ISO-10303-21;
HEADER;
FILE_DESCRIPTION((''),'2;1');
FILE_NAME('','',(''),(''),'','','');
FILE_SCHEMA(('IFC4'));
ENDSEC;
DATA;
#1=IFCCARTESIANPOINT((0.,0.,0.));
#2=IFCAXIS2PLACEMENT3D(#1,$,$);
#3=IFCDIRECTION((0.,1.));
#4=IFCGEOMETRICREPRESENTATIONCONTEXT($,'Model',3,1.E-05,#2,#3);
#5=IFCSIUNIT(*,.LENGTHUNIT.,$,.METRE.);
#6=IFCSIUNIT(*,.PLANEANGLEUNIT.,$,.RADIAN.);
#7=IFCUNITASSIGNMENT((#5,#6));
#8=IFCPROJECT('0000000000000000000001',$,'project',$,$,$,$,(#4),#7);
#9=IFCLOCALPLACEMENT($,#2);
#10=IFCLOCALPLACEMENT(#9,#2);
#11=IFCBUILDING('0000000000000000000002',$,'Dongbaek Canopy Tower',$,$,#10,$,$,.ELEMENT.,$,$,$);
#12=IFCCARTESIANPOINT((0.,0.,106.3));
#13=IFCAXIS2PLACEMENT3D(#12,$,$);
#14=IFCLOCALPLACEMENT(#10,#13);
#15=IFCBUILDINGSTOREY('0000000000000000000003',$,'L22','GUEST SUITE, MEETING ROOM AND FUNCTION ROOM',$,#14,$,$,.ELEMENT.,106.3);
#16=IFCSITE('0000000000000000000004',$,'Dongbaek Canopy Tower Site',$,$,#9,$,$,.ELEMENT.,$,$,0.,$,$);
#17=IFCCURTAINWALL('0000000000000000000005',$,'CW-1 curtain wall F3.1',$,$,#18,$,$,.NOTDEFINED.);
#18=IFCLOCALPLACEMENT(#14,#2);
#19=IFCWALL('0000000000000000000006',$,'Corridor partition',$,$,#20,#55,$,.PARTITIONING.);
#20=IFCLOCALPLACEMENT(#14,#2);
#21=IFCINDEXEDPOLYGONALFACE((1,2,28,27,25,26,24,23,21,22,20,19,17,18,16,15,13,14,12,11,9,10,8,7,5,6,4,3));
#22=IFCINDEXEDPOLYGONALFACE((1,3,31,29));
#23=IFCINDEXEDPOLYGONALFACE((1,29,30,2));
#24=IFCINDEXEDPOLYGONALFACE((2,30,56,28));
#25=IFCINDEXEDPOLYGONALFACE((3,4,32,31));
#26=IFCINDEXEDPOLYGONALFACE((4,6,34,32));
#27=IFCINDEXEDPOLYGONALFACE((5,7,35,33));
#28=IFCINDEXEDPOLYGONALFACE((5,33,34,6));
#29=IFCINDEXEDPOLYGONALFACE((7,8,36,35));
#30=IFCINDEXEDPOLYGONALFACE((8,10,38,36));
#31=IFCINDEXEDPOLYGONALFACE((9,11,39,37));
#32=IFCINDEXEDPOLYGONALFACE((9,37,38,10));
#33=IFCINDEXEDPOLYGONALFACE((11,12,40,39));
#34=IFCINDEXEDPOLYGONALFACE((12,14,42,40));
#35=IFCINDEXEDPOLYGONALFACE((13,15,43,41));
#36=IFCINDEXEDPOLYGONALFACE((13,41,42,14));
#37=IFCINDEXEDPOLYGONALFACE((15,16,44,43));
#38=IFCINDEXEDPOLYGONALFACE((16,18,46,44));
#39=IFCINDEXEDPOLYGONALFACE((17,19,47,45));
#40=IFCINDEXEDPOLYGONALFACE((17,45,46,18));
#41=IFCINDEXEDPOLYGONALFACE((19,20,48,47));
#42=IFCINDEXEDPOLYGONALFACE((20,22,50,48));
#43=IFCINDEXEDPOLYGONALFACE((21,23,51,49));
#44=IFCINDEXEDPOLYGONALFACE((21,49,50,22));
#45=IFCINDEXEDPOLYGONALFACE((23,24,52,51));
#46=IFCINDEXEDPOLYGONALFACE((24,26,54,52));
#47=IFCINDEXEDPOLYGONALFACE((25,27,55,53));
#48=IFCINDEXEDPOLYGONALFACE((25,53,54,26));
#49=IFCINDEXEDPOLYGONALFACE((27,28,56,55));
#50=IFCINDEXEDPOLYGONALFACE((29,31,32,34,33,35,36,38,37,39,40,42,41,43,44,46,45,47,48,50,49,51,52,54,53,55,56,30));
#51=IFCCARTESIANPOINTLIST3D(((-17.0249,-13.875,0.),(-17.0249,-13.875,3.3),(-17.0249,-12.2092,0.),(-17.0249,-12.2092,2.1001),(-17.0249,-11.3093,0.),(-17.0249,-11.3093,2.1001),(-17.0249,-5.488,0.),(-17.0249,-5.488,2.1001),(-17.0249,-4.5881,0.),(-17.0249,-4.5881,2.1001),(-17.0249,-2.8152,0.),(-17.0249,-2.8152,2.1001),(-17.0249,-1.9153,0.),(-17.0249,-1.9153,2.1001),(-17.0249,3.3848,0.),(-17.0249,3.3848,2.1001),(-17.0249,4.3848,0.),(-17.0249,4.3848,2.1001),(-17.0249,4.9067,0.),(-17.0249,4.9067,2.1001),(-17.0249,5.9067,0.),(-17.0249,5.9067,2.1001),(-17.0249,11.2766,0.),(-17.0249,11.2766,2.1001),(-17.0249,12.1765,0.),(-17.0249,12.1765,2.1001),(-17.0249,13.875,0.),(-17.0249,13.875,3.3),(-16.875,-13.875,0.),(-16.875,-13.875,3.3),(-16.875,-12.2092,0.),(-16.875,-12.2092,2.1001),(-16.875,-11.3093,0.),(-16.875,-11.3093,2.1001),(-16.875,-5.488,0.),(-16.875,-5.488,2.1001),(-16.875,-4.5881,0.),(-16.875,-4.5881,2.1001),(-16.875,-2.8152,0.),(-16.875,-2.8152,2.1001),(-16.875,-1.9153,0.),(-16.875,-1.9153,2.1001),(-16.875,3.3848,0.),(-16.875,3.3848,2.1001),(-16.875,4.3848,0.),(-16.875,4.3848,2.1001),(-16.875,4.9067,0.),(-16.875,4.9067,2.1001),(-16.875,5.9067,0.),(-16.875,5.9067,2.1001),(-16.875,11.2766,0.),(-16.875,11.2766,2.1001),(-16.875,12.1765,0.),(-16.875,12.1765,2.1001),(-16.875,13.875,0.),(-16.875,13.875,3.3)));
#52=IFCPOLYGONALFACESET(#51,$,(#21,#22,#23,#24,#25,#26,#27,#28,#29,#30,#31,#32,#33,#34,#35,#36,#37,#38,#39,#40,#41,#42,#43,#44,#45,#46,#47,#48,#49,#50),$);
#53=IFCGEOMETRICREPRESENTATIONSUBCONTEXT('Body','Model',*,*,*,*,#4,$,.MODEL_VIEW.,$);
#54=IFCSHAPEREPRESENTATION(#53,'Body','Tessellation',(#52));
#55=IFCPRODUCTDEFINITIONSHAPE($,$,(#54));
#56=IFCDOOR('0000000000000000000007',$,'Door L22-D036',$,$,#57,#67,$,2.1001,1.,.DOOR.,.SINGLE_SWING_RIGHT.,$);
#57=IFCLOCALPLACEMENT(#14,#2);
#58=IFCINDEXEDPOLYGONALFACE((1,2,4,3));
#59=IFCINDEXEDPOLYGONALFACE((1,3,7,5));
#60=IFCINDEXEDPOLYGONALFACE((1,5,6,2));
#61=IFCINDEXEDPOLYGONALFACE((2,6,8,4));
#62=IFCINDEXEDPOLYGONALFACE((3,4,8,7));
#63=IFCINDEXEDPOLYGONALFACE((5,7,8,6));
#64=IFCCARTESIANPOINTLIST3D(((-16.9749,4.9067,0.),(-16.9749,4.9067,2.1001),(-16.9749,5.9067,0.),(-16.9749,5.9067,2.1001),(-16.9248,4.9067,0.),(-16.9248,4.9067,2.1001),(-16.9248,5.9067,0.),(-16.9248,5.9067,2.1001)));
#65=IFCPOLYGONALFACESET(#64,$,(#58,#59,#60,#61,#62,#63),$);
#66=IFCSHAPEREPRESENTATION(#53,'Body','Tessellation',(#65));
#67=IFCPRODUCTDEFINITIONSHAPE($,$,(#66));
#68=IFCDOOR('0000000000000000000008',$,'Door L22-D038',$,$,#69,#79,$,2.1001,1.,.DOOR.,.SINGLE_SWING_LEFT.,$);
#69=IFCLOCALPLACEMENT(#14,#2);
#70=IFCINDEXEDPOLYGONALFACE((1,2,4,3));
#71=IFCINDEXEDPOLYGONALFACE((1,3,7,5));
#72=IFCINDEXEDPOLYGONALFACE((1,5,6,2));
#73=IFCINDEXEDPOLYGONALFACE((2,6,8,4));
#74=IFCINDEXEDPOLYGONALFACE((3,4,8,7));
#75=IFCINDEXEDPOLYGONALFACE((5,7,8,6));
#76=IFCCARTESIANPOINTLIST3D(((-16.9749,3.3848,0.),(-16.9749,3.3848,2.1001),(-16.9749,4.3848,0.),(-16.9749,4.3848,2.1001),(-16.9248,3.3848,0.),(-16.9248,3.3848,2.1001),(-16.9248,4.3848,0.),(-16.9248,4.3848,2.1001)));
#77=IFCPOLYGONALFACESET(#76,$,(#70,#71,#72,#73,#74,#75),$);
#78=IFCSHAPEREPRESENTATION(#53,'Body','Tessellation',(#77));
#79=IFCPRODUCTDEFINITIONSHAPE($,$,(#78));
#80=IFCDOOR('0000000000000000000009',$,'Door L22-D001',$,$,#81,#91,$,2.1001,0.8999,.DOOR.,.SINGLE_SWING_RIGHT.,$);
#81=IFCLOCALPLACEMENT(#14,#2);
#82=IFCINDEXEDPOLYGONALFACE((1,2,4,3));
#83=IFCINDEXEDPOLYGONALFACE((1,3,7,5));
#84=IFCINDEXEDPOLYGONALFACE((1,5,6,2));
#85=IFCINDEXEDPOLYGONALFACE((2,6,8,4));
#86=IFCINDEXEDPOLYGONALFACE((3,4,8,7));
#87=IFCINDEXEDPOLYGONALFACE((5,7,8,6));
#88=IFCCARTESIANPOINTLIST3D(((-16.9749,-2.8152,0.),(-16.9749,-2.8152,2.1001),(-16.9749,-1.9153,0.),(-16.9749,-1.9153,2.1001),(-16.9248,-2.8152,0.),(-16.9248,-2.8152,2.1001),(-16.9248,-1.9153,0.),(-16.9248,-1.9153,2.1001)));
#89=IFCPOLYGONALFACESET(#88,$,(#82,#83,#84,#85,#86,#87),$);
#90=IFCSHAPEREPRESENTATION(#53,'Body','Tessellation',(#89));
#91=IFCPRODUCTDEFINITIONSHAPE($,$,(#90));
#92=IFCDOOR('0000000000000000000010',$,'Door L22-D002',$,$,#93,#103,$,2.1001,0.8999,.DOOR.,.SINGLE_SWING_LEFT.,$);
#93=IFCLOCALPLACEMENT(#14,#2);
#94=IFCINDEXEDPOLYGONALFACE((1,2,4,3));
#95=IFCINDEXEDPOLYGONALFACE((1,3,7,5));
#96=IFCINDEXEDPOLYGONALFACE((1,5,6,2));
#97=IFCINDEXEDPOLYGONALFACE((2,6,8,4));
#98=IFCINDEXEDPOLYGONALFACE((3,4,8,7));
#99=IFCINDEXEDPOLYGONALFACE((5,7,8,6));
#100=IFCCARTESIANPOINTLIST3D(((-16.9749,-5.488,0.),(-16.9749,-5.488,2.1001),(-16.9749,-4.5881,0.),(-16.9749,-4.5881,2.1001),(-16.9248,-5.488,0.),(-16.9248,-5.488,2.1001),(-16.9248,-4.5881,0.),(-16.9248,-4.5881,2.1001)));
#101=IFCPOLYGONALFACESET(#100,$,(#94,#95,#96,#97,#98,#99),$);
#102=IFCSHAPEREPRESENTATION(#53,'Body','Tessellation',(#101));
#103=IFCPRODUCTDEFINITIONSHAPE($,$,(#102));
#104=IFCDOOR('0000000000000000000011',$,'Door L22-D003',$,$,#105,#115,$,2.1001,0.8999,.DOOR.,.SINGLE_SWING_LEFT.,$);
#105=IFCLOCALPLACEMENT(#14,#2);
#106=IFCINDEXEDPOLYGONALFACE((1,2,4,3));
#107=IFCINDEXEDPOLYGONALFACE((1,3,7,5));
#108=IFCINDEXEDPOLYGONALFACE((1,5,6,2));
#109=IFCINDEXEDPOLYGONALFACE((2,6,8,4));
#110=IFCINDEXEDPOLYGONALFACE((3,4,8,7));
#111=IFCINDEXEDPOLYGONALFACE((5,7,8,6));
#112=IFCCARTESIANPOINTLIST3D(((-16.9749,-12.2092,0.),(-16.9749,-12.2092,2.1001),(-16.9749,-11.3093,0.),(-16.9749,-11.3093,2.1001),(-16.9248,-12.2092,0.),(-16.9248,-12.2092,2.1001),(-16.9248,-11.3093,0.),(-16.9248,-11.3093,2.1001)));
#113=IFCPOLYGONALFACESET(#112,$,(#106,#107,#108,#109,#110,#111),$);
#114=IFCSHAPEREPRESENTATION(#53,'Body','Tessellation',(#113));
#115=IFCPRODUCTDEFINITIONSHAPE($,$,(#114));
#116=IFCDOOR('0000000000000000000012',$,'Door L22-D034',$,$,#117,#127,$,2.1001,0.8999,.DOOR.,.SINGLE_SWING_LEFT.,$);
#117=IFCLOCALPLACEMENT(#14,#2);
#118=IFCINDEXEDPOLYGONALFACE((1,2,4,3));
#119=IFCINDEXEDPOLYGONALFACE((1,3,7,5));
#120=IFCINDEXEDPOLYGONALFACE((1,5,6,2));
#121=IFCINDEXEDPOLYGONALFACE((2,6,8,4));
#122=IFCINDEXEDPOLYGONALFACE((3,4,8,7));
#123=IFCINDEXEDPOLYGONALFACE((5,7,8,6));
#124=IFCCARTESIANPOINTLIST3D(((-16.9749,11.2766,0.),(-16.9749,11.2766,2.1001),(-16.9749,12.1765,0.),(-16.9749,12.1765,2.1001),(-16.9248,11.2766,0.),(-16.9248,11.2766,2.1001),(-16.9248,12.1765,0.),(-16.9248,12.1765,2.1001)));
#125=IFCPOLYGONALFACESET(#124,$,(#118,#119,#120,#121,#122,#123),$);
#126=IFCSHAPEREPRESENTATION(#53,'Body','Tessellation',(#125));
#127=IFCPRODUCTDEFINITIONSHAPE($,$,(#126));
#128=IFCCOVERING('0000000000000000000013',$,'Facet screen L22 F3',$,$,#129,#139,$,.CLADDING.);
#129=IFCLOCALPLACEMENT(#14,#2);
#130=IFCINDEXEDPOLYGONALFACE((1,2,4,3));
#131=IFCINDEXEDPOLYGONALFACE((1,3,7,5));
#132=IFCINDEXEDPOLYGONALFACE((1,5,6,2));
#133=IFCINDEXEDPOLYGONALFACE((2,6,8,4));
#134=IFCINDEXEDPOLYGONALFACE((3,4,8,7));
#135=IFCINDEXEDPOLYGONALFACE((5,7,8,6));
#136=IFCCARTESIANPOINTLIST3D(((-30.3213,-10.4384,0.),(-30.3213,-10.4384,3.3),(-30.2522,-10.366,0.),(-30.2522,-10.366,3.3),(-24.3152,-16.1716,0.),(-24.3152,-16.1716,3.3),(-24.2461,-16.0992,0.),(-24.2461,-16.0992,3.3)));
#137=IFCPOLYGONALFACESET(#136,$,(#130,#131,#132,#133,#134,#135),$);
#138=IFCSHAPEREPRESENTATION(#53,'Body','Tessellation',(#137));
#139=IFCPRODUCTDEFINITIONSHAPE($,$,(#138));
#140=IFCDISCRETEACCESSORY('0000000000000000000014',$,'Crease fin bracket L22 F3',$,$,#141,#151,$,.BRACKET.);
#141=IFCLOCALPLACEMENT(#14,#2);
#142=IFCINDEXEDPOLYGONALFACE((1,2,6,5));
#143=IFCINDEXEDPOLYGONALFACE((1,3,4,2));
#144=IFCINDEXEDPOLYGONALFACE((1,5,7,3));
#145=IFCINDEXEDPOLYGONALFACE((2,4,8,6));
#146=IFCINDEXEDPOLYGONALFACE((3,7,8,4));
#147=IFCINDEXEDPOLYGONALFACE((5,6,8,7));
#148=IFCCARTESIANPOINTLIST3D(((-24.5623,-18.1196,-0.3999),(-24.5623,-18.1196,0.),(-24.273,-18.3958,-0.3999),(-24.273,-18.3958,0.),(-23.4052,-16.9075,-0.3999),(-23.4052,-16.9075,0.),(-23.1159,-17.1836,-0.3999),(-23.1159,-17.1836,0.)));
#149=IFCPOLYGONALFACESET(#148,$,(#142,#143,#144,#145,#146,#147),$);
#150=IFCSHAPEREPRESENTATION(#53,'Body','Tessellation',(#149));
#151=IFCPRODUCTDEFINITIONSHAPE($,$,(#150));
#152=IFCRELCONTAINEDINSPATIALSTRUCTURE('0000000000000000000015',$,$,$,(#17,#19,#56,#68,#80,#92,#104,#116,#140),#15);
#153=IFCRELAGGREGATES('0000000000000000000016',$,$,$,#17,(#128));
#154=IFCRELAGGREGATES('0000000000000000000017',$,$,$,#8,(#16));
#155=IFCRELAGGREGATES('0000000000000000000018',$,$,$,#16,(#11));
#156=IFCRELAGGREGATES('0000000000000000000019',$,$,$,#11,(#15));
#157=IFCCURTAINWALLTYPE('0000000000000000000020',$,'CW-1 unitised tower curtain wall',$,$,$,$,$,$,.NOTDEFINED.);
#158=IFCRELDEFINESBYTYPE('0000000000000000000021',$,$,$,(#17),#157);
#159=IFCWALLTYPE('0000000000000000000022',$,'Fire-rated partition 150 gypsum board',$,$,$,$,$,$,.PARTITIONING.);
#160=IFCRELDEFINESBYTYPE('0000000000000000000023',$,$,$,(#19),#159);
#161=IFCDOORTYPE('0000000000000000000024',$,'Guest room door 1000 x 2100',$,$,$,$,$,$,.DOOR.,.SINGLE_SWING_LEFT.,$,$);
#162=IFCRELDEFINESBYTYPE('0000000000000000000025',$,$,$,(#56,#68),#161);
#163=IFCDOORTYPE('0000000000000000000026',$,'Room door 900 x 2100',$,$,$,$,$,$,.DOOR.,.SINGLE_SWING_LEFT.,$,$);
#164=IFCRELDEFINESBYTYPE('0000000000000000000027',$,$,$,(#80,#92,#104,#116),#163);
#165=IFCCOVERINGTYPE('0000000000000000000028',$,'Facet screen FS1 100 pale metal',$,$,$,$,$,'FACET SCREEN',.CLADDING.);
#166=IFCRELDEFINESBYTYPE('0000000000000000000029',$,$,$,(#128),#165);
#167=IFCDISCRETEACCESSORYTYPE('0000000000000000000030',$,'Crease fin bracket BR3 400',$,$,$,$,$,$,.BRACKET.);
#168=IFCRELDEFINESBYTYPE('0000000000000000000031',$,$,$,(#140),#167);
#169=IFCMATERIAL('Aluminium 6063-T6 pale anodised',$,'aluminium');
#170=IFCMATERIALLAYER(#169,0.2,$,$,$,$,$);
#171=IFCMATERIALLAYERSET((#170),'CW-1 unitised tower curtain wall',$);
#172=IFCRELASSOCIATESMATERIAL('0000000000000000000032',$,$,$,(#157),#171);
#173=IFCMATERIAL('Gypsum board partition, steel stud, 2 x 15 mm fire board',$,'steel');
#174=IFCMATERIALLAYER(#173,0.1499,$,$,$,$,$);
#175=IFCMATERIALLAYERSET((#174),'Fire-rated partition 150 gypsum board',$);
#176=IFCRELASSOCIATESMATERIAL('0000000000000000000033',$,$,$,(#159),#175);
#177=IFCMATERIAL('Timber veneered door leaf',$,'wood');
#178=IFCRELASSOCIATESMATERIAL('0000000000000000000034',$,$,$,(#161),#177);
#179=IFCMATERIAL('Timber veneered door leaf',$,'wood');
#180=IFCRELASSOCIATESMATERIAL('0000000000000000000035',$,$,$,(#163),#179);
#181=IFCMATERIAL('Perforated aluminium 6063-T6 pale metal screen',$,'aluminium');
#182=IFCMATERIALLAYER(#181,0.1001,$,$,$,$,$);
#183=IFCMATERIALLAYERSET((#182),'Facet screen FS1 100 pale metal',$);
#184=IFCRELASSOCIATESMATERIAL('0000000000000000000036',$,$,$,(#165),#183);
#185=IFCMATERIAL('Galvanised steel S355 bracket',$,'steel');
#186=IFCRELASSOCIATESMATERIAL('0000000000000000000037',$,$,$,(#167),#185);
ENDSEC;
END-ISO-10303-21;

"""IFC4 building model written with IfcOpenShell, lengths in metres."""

from ifc_helpers import new_model, si_unit, direction, frame, frame_2d, origin, origin_2d, place, context, subcontext, project, spatial, rectangle, extrude, material, layer, layer_set, type_object, element, fill, aggregate, save


model = new_model("IFC4")

# Units and contexts
model_context = context("Model", 3, precision=1e-05, world=origin(), true_north=direction((0.0, 1.0)))
body_context = subcontext(model_context, "Body", "Model", "MODEL_VIEW")
ifc_project = project(units=[si_unit("LENGTHUNIT", "METRE"), si_unit("PLANEANGLEUNIT", "RADIAN")], contexts=[model_context])

# Site, building, storey
site_placement = place(None, origin())
site = spatial("IfcSite", under=ifc_project, at=site_placement, Name="Dongbaek Canopy Tower Site", CompositionType="ELEMENT", RefElevation=0.0)
building_placement = place(site_placement, origin())
building = spatial("IfcBuilding", under=site, at=building_placement, Name="Dongbaek Canopy Tower", CompositionType="ELEMENT")
storey_placement = place(building_placement, frame((0.0, 0.0, 106.3)))
storey = spatial("IfcBuildingStorey", under=building, at=storey_placement, Name="L22", Description="GUEST SUITE, MEETING ROOM AND FUNCTION ROOM", CompositionType="ELEMENT", Elevation=106.3)

# Curtain wall
ifc_material_1 = material(Name="Aluminium 6063-T6 pale anodised", Category="aluminium")
ifc_layer_1 = layer(ifc_material_1, 0.2)
ifc_layer_set_1 = layer_set([ifc_layer_1], Name="CW-1 unitised tower curtain wall")
curtain_wall_type = type_object("IfcCurtainWallType", Name="CW-1 unitised tower curtain wall", PredefinedType="NOTDEFINED", material=ifc_layer_set_1)
curtain_wall_placement = place(storey_placement, origin())
curtain_wall = element("IfcCurtainWall", 1, at=curtain_wall_placement, inside=storey, type_object=curtain_wall_type, Name="CW-1 curtain wall F3.1", PredefinedType="NOTDEFINED")

# Shared definitions
ifc_material_2 = material(Name="Gypsum board partition, steel stud, 2 x 15 mm fire board", Category="steel")
ifc_layer_2 = layer(ifc_material_2, 0.1499)
ifc_layer_set_2 = layer_set([ifc_layer_2], Name="Fire-rated partition 150 gypsum board")
wall_type_1 = type_object("IfcWallType", Name="Fire-rated partition 150 gypsum board", PredefinedType="PARTITIONING", material=ifc_layer_set_2)

# Wall, openings, doors
wall_1_placement = place(storey_placement, frame((-16.95, -13.875, 0.0), z_axis=(0.0, 0.0, 1.0), x_axis=(0.0, 1.0, 0.0)))
wall_1 = element("IfcWall", 2, at=wall_1_placement, inside=storey, type_object=wall_type_1, Name="Corridor partition", PredefinedType="PARTITIONING", context=body_context, shape_type="SweptSolid", body=[
    extrude(rectangle(XDim=27.75, YDim=0.1499, at=frame_2d((13.875, 0.0))), origin(), (0.0, 0.0, 1.0), 3.3),
])
opening_1_placement = place(wall_1_placement, frame((11.0598, 0.0, 0.0)))
opening_1 = element("IfcOpeningElement", 3, at=opening_1_placement, cuts=wall_1, PredefinedType="OPENING", context=body_context, shape_type="SweptSolid", body=[
    extrude(rectangle(XDim=0.8999, YDim=2.1001, at=frame_2d((0.45, 1.05))), frame((0.0, 0.085, 0.0), z_axis=(0.0, -1.0, 0.0), x_axis=(1.0, 0.0, 0.0)), (0.0, 0.0, 1.0), 0.1699),
])
opening_2_placement = place(wall_1_placement, frame((8.387, 0.0, 0.0)))
opening_2 = element("IfcOpeningElement", 4, at=opening_2_placement, cuts=wall_1, PredefinedType="OPENING", context=body_context, shape_type="SweptSolid", body=[
    extrude(rectangle(XDim=0.8999, YDim=2.1001, at=frame_2d((0.45, 1.05))), frame((0.0, 0.085, 0.0), z_axis=(0.0, -1.0, 0.0), x_axis=(1.0, 0.0, 0.0)), (0.0, 0.0, 1.0), 0.1699),
])
opening_3_placement = place(wall_1_placement, frame((1.6658, 0.0, 0.0)))
opening_3 = element("IfcOpeningElement", 5, at=opening_3_placement, cuts=wall_1, PredefinedType="OPENING", context=body_context, shape_type="SweptSolid", body=[
    extrude(rectangle(XDim=0.8999, YDim=2.1001, at=frame_2d((0.45, 1.05))), frame((0.0, 0.085, 0.0), z_axis=(0.0, -1.0, 0.0), x_axis=(1.0, 0.0, 0.0)), (0.0, 0.0, 1.0), 0.1699),
])
opening_4_placement = place(wall_1_placement, frame((25.1516, 0.0, 0.0)))
opening_4 = element("IfcOpeningElement", 6, at=opening_4_placement, cuts=wall_1, PredefinedType="OPENING", context=body_context, shape_type="SweptSolid", body=[
    extrude(rectangle(XDim=0.8999, YDim=2.1001, at=frame_2d((0.45, 1.05))), frame((0.0, 0.085, 0.0), z_axis=(0.0, -1.0, 0.0), x_axis=(1.0, 0.0, 0.0)), (0.0, 0.0, 1.0), 0.1699),
])
opening_5_placement = place(wall_1_placement, frame((18.7817, 0.0, 0.0)))
opening_5 = element("IfcOpeningElement", 7, at=opening_5_placement, cuts=wall_1, PredefinedType="OPENING", context=body_context, shape_type="SweptSolid", body=[
    extrude(rectangle(XDim=1.0, YDim=2.1001, at=frame_2d((0.5, 1.05))), frame((0.0, 0.085, 0.0), z_axis=(0.0, -1.0, 0.0), x_axis=(1.0, 0.0, 0.0)), (0.0, 0.0, 1.0), 0.1699),
])
opening_6_placement = place(wall_1_placement, frame((17.2598, 0.0, 0.0)))
opening_6 = element("IfcOpeningElement", 8, at=opening_6_placement, cuts=wall_1, PredefinedType="OPENING", context=body_context, shape_type="SweptSolid", body=[
    extrude(rectangle(XDim=1.0, YDim=2.1001, at=frame_2d((0.5, 1.05))), frame((0.0, 0.085, 0.0), z_axis=(0.0, -1.0, 0.0), x_axis=(1.0, 0.0, 0.0)), (0.0, 0.0, 1.0), 0.1699),
])
ifc_material_3 = material(Name="Timber veneered door leaf", Category="wood")
door_type_1 = type_object("IfcDoorType", Name="Guest room door 1000 x 2100", OperationType="SINGLE_SWING_LEFT", PredefinedType="DOOR", material=ifc_material_3)
door_1_placement = place(opening_5_placement, origin())
door_1 = element("IfcDoor", 9, at=door_1_placement, inside=storey, type_object=door_type_1, Name="Door L22-D036", OperationType="SINGLE_SWING_RIGHT", OverallHeight=2.1001, OverallWidth=1.0, PredefinedType="DOOR", context=body_context, shape_type="SweptSolid", body=[
    extrude(rectangle(XDim=1.0, YDim=2.1001, at=frame_2d((0.5, 1.05))), frame((0.0, 0.0249, 0.0), z_axis=(0.0, -1.0, 0.0), x_axis=(1.0, 0.0, 0.0)), (0.0, 0.0, 1.0), 0.05),
])
fill(opening_5, door_1)
door_2_placement = place(opening_6_placement, origin())
door_2 = element("IfcDoor", 10, at=door_2_placement, inside=storey, type_object=door_type_1, Name="Door L22-D038", OperationType="SINGLE_SWING_LEFT", OverallHeight=2.1001, OverallWidth=1.0, PredefinedType="DOOR", context=body_context, shape_type="SweptSolid", body=[
    extrude(rectangle(XDim=1.0, YDim=2.1001, at=frame_2d((0.5, 1.05))), frame((0.0, 0.0249, 0.0), z_axis=(0.0, -1.0, 0.0), x_axis=(1.0, 0.0, 0.0)), (0.0, 0.0, 1.0), 0.05),
])
fill(opening_6, door_2)
ifc_material_4 = material(Name="Timber veneered door leaf", Category="wood")
door_type_2 = type_object("IfcDoorType", Name="Room door 900 x 2100", OperationType="SINGLE_SWING_LEFT", PredefinedType="DOOR", material=ifc_material_4)
door_3_placement = place(opening_1_placement, origin())
door_3 = element("IfcDoor", 11, at=door_3_placement, inside=storey, type_object=door_type_2, Name="Door L22-D001", OperationType="SINGLE_SWING_RIGHT", OverallHeight=2.1001, OverallWidth=0.8999, PredefinedType="DOOR", context=body_context, shape_type="SweptSolid", body=[
    extrude(rectangle(XDim=0.8999, YDim=2.1001, at=frame_2d((0.45, 1.05))), frame((0.0, 0.0249, 0.0), z_axis=(0.0, -1.0, 0.0), x_axis=(1.0, 0.0, 0.0)), (0.0, 0.0, 1.0), 0.05),
])
fill(opening_1, door_3)
door_4_placement = place(opening_2_placement, origin())
door_4 = element("IfcDoor", 12, at=door_4_placement, inside=storey, type_object=door_type_2, Name="Door L22-D002", OperationType="SINGLE_SWING_LEFT", OverallHeight=2.1001, OverallWidth=0.8999, PredefinedType="DOOR", context=body_context, shape_type="SweptSolid", body=[
    extrude(rectangle(XDim=0.8999, YDim=2.1001, at=frame_2d((0.45, 1.05))), frame((0.0, 0.0249, 0.0), z_axis=(0.0, -1.0, 0.0), x_axis=(1.0, 0.0, 0.0)), (0.0, 0.0, 1.0), 0.05),
])
fill(opening_2, door_4)
door_5_placement = place(opening_3_placement, origin())
door_5 = element("IfcDoor", 13, at=door_5_placement, inside=storey, type_object=door_type_2, Name="Door L22-D003", OperationType="SINGLE_SWING_LEFT", OverallHeight=2.1001, OverallWidth=0.8999, PredefinedType="DOOR", context=body_context, shape_type="SweptSolid", body=[
    extrude(rectangle(XDim=0.8999, YDim=2.1001, at=frame_2d((0.45, 1.05))), frame((0.0, 0.0249, 0.0), z_axis=(0.0, -1.0, 0.0), x_axis=(1.0, 0.0, 0.0)), (0.0, 0.0, 1.0), 0.05),
])
fill(opening_3, door_5)
door_6_placement = place(opening_4_placement, origin())
door_6 = element("IfcDoor", 14, at=door_6_placement, inside=storey, type_object=door_type_2, Name="Door L22-D034", OperationType="SINGLE_SWING_LEFT", OverallHeight=2.1001, OverallWidth=0.8999, PredefinedType="DOOR", context=body_context, shape_type="SweptSolid", body=[
    extrude(rectangle(XDim=0.8999, YDim=2.1001, at=frame_2d((0.45, 1.05))), frame((0.0, 0.0249, 0.0), z_axis=(0.0, -1.0, 0.0), x_axis=(1.0, 0.0, 0.0)), (0.0, 0.0, 1.0), 0.05),
])
fill(opening_4, door_6)

# Covering
ifc_material_5 = material(Name="Perforated aluminium 6063-T6 pale metal screen", Category="aluminium")
ifc_layer_3 = layer(ifc_material_5, 0.1001)
ifc_layer_set_3 = layer_set([ifc_layer_3], Name="Facet screen FS1 100 pale metal")
covering_type = type_object("IfcCoveringType", Name="Facet screen FS1 100 pale metal", ElementType="FACET SCREEN", PredefinedType="CLADDING", material=ifc_layer_set_3)
covering_placement = place(storey_placement, frame((-27.2837, -13.2688, 0.0), z_axis=(0.0, 0.0, 1.0), x_axis=(0.723349, -0.690482, 0.0)))
covering = element("IfcCovering", 15, at=covering_placement, type_object=covering_type, Name="Facet screen L22 F3", PredefinedType="CLADDING", context=body_context, shape_type="SweptSolid", body=[
    extrude(rectangle(XDim=8.3032, YDim=0.1001, at=origin_2d()), origin(), (0.0, 0.0, 1.0), 3.3),
])
aggregate(curtain_wall, [covering])

# Discrete accessory
ifc_material_6 = material(Name="Galvanised steel S355 bracket", Category="steel")
discrete_accessory_type = type_object("IfcDiscreteAccessoryType", Name="Crease fin bracket BR3 400", PredefinedType="BRACKET", material=ifc_material_6)
discrete_accessory_placement = place(storey_placement, frame((-23.8391, -17.6516, -0.3999), z_axis=(0.0, 0.0, 1.0), x_axis=(-0.690482, -0.723349, 0.0)))
element("IfcDiscreteAccessory", 16, at=discrete_accessory_placement, inside=storey, type_object=discrete_accessory_type, Name="Crease fin bracket L22 F3", PredefinedType="BRACKET", context=body_context, shape_type="SweptSolid", body=[
    extrude(rectangle(XDim=1.6758, YDim=0.3999, at=origin_2d()), origin(), (0.0, 0.0, 1.0), 0.3999),
])

save(model, "model.ifc")
